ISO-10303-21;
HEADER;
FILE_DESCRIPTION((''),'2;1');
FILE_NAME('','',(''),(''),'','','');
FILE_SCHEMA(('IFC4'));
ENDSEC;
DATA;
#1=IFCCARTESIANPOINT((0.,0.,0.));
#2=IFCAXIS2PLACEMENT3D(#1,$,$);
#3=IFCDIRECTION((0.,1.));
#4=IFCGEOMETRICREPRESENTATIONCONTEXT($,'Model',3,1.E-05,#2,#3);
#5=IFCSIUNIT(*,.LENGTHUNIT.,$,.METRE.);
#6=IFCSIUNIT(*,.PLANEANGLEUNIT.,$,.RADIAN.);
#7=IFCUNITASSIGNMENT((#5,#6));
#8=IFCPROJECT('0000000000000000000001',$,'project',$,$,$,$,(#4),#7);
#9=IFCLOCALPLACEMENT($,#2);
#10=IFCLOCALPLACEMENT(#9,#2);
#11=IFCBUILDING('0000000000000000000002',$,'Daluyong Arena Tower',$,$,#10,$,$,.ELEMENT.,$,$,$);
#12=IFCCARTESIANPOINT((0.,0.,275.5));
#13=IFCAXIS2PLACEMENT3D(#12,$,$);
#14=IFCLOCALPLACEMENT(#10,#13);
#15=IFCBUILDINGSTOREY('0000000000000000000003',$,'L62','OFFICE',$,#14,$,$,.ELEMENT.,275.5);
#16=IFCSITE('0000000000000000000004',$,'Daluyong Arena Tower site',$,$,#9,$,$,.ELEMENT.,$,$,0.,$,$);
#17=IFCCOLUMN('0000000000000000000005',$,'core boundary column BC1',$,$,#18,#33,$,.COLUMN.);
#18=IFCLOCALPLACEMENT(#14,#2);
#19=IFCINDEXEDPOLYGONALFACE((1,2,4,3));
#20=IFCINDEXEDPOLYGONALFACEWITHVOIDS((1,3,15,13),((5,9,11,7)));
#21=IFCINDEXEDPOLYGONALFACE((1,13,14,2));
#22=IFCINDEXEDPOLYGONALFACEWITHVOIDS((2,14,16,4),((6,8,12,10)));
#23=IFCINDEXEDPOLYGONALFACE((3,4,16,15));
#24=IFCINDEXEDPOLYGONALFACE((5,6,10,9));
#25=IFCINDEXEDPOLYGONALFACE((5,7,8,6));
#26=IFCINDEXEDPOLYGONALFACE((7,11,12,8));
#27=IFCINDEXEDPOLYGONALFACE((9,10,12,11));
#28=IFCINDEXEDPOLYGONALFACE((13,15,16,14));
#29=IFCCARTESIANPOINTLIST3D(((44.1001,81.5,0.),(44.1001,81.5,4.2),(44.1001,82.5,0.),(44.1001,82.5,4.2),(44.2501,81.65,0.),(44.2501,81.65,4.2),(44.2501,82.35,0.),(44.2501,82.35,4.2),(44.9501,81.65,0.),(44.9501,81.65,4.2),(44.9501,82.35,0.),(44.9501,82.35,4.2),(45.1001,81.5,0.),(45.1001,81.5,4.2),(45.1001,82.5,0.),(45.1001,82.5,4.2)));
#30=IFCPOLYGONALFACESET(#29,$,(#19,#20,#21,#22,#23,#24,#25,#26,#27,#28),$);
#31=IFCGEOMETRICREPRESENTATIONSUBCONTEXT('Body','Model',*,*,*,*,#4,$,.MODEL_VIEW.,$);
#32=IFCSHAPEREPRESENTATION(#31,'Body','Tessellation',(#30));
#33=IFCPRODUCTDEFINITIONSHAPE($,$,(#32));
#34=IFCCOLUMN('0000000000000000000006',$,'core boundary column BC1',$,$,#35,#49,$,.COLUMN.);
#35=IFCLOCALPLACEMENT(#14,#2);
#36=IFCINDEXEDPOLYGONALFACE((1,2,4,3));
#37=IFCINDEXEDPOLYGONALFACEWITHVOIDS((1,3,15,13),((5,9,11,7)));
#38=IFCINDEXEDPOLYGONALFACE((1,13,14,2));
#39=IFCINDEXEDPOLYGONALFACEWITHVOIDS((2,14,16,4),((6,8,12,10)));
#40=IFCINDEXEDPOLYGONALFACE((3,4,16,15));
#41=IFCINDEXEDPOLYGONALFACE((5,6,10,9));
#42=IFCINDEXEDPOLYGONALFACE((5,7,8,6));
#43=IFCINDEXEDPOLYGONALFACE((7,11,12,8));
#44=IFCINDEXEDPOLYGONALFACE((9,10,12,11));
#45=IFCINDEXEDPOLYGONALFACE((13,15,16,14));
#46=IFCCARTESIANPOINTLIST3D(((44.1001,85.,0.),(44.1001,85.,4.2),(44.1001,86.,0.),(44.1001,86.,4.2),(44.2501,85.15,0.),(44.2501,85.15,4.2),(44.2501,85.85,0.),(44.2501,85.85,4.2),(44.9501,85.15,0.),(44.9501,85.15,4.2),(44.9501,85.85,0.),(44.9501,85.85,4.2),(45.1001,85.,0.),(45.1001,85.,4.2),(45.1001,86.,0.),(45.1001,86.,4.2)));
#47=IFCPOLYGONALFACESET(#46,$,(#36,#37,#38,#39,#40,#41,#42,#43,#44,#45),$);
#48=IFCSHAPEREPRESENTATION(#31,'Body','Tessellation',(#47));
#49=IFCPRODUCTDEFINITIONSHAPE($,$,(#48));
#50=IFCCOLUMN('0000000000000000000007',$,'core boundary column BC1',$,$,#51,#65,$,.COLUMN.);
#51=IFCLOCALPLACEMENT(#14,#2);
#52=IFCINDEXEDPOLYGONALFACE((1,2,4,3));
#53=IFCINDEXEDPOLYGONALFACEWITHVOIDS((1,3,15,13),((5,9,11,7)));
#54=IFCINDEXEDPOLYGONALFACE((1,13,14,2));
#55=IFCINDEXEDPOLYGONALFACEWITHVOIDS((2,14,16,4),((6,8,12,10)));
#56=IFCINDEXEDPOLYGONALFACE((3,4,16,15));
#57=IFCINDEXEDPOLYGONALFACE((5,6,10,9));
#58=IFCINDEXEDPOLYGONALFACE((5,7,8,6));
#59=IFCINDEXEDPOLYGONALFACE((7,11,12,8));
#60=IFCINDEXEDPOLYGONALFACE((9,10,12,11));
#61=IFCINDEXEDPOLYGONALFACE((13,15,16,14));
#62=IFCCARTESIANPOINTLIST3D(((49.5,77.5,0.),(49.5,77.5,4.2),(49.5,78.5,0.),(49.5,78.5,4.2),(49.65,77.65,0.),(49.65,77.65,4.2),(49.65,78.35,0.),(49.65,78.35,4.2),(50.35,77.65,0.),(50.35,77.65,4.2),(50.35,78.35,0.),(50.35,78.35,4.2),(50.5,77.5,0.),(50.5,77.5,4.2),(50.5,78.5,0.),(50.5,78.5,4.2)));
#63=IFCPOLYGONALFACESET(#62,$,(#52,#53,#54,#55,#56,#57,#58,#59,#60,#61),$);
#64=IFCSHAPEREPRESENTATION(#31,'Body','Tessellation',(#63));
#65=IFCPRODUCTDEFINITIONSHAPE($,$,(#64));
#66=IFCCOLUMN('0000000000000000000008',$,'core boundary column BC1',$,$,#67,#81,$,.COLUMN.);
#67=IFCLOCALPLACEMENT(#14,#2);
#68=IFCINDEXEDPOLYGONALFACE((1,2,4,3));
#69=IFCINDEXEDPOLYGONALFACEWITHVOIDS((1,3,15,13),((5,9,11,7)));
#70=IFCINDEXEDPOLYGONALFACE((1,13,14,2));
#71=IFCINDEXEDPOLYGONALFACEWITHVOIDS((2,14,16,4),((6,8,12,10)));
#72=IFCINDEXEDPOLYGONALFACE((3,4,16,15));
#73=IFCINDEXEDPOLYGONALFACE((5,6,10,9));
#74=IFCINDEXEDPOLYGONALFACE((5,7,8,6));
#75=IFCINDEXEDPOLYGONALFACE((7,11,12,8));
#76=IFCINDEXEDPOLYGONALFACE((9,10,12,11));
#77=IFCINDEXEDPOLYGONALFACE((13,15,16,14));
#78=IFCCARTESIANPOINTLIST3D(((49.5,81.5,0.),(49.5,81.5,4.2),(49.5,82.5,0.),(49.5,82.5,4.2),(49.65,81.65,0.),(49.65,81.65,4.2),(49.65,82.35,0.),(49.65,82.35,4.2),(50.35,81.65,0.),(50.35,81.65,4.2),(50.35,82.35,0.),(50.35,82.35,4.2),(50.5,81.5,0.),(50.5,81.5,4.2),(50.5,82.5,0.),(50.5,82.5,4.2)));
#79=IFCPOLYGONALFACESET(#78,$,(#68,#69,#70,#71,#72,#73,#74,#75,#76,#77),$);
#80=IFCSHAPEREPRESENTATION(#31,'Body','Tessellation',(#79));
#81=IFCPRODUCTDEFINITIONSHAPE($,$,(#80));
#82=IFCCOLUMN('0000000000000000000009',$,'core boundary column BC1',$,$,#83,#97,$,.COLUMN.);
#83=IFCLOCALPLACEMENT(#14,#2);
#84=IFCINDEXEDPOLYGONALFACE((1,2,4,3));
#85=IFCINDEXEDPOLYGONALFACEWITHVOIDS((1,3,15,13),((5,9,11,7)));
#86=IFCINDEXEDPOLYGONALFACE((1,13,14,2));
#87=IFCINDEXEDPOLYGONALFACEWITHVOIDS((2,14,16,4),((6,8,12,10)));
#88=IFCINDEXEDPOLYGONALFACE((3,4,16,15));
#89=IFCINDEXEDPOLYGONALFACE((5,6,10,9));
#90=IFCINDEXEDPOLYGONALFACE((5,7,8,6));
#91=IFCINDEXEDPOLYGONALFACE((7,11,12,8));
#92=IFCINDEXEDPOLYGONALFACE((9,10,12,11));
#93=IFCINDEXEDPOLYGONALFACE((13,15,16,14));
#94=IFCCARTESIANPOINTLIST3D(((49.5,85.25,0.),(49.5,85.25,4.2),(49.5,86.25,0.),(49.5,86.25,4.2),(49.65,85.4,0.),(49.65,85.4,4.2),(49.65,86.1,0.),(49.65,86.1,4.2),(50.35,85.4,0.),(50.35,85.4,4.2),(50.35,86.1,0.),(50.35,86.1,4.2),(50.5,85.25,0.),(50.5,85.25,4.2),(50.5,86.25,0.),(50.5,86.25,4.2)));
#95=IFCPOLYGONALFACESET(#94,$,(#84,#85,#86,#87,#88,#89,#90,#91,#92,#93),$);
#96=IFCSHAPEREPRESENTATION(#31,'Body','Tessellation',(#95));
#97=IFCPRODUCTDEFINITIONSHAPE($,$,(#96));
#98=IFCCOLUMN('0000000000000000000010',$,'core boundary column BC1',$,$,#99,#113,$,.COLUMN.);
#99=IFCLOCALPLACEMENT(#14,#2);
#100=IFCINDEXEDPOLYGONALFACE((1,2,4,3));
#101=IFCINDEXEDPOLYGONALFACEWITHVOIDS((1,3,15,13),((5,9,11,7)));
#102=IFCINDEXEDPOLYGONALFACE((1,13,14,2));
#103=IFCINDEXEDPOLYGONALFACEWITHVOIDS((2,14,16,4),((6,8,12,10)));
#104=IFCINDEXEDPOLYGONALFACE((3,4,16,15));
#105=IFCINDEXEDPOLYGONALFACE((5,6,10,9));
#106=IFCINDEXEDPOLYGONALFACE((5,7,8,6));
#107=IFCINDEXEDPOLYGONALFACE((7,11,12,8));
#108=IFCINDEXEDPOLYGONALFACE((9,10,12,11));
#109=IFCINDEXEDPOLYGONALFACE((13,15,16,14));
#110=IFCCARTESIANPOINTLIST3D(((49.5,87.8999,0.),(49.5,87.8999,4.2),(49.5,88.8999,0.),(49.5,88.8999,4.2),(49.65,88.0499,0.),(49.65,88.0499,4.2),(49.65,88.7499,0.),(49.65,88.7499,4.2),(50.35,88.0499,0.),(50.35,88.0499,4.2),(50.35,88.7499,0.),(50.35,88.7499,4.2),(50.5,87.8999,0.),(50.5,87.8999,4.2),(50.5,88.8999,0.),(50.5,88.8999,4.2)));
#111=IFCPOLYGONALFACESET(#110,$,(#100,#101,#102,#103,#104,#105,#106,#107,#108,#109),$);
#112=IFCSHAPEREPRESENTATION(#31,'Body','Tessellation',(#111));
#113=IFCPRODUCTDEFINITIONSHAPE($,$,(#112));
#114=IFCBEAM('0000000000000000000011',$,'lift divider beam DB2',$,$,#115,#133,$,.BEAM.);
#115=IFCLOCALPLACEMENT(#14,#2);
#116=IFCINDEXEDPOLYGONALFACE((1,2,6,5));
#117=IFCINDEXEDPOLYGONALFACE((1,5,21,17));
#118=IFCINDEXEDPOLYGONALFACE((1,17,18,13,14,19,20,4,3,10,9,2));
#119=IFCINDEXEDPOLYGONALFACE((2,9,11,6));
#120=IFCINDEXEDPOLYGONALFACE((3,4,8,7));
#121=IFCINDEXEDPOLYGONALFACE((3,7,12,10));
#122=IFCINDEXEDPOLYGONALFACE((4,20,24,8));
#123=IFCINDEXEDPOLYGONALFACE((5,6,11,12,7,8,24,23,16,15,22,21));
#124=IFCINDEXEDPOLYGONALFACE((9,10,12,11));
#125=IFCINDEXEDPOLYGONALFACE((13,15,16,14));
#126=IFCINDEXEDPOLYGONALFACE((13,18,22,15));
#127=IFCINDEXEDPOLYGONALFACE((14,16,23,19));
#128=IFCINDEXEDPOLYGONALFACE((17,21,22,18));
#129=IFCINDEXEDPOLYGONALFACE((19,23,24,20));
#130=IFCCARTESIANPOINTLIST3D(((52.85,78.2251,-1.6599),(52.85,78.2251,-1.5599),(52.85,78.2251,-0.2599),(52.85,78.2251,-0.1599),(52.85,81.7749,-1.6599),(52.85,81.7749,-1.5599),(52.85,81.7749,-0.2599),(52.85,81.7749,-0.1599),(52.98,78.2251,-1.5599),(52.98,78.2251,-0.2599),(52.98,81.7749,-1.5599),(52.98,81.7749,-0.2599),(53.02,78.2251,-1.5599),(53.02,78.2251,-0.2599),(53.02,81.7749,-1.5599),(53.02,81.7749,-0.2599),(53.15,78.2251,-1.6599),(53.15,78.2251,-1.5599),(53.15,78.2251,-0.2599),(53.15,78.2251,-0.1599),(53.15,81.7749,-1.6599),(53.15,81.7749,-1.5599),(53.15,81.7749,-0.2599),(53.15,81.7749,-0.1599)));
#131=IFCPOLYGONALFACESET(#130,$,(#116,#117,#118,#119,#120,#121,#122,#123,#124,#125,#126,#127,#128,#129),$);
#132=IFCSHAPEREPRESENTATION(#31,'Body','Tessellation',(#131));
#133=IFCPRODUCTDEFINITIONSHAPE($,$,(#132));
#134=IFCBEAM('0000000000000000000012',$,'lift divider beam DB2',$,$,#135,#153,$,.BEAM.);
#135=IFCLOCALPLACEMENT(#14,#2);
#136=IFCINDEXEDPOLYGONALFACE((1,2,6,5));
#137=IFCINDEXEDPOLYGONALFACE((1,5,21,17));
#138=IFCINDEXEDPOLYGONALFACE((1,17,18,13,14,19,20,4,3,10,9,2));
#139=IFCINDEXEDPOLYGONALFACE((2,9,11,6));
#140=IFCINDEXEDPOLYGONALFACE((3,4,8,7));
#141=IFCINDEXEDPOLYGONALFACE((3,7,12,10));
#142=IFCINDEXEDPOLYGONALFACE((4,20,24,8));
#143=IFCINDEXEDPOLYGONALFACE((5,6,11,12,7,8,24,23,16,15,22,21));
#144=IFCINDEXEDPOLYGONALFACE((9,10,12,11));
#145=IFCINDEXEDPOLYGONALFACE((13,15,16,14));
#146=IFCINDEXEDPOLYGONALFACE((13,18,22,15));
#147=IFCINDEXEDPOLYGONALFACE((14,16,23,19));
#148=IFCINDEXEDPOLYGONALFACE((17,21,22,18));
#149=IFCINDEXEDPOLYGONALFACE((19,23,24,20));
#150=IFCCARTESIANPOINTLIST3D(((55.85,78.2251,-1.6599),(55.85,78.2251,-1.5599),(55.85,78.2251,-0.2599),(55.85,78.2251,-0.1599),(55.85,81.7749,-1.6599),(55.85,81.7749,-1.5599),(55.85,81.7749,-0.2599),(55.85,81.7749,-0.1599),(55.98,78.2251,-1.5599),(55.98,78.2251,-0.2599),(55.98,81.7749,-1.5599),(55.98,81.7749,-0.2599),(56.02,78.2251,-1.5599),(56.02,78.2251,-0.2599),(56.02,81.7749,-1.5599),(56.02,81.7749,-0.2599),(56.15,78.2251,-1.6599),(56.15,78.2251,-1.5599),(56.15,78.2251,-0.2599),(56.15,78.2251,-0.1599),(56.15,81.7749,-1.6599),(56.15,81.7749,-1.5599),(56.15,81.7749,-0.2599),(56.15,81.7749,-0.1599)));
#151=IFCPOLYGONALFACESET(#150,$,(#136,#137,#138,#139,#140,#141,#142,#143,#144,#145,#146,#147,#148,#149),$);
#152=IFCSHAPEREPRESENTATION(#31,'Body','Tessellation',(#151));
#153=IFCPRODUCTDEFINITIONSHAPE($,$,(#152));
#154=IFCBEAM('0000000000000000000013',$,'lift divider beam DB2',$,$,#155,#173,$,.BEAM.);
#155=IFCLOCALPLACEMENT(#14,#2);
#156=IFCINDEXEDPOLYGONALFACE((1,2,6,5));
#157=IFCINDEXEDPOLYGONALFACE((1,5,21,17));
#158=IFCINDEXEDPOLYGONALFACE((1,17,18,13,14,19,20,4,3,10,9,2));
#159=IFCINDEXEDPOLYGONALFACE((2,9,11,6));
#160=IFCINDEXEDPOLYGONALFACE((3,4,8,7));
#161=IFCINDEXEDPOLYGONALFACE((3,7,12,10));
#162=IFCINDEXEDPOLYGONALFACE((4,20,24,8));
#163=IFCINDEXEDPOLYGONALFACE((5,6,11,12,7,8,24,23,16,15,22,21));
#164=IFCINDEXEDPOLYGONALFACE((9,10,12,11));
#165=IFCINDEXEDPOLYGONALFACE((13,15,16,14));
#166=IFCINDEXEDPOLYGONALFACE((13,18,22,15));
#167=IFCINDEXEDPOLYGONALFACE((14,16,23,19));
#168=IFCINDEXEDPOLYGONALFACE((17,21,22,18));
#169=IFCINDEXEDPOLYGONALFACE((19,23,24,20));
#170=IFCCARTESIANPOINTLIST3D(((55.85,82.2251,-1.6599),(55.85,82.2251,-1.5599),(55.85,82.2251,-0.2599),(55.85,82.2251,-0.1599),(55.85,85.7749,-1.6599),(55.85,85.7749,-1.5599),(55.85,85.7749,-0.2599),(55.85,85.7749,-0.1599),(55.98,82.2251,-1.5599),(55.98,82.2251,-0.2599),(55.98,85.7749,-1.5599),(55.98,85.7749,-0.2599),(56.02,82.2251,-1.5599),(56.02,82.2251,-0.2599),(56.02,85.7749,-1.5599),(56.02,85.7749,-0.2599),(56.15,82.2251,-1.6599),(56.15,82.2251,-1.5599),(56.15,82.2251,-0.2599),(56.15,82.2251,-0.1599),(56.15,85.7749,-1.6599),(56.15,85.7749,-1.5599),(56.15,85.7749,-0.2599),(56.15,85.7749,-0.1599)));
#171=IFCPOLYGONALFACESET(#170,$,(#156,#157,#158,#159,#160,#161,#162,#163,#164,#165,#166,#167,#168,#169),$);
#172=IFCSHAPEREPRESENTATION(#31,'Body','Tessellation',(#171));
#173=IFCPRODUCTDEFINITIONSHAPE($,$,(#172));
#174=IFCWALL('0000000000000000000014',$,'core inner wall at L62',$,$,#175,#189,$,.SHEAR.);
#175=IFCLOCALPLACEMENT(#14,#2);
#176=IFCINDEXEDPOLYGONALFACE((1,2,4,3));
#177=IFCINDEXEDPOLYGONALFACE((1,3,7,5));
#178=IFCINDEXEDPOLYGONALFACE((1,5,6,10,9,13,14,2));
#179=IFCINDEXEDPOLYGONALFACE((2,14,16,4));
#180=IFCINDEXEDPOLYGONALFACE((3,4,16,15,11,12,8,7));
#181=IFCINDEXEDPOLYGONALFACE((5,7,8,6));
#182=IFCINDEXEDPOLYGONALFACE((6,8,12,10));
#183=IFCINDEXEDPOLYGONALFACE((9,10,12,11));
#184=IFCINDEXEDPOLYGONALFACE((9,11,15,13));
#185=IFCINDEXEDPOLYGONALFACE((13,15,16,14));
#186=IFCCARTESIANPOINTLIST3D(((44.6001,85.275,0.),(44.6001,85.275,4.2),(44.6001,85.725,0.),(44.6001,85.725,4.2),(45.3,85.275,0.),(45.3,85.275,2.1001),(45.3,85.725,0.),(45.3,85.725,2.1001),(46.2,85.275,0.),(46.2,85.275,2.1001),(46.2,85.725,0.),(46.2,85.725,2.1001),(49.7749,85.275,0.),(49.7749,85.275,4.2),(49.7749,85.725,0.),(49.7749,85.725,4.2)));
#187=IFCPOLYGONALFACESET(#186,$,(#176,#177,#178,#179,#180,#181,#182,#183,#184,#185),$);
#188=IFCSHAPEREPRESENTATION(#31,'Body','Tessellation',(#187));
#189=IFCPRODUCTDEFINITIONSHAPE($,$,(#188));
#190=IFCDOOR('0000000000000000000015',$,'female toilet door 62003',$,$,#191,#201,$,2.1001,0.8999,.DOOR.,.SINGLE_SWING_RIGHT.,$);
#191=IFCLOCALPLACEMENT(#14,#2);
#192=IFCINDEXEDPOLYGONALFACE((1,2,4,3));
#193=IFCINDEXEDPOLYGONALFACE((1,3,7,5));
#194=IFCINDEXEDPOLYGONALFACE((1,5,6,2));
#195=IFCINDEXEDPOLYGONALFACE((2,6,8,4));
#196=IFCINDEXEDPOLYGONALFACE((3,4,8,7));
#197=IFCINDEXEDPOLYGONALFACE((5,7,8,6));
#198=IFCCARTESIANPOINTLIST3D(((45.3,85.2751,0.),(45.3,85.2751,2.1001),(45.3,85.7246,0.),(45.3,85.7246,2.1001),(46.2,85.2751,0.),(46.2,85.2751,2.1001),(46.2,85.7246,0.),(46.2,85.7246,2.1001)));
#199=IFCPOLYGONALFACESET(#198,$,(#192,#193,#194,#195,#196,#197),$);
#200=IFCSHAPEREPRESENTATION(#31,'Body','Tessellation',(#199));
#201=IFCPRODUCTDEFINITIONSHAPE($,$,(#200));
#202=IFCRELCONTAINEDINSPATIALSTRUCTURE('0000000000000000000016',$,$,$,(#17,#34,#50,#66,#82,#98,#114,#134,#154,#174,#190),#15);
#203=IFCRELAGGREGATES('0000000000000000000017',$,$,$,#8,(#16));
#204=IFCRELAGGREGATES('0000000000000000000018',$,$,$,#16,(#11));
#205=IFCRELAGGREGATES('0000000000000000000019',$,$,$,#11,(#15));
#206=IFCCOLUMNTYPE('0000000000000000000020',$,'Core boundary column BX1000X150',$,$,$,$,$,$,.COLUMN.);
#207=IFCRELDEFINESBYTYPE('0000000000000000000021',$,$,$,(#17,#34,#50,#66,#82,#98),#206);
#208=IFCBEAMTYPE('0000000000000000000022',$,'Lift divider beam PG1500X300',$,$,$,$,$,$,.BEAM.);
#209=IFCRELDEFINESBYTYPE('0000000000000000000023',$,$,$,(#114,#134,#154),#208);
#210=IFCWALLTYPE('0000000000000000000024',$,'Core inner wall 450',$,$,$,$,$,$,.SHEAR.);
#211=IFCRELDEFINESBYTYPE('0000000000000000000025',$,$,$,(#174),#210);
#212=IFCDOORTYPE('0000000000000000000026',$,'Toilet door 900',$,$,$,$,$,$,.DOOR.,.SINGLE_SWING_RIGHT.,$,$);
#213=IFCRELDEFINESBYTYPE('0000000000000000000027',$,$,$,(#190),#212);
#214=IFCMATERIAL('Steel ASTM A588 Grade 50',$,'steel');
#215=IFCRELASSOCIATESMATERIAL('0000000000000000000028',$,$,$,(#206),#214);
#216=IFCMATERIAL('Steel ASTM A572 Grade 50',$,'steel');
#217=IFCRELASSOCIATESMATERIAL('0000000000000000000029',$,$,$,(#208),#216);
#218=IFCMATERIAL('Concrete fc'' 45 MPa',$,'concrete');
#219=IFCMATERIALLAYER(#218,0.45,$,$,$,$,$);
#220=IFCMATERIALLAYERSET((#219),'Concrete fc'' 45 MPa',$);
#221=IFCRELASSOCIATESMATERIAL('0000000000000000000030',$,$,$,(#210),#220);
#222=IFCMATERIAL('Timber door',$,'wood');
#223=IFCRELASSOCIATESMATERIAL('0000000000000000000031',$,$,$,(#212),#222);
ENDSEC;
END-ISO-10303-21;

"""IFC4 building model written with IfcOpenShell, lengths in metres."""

from ifc_helpers import new_model, si_unit, direction, frame, frame_2d, origin, origin_2d, place, context, subcontext, project, spatial, rectangle, hollow_rectangle, i_section, extrude, material, layer, layer_set, material_profile, profile_set, type_object, element, fill, save


model = new_model("IFC4")

# Units and contexts
model_context = context("Model", 3, precision=1e-05, world=origin(), true_north=direction((0.0, 1.0)))
body_context = subcontext(model_context, "Body", "Model", "MODEL_VIEW")
ifc_project = project(units=[si_unit("LENGTHUNIT", "METRE"), si_unit("PLANEANGLEUNIT", "RADIAN")], contexts=[model_context])

# Site, building, storey
site_placement = place(None, origin())
site = spatial("IfcSite", under=ifc_project, at=site_placement, Name="Daluyong Arena Tower site", CompositionType="ELEMENT", RefElevation=0.0)
building_placement = place(site_placement, origin())
building = spatial("IfcBuilding", under=site, at=building_placement, Name="Daluyong Arena Tower", CompositionType="ELEMENT")
storey_placement = place(building_placement, frame((0.0, 0.0, 275.5)))
storey = spatial("IfcBuildingStorey", under=building, at=storey_placement, Name="L62", Description="OFFICE", CompositionType="ELEMENT", Elevation=275.5)

# Columns
ifc_material_1 = material(Name="Steel ASTM A588 Grade 50", Category="steel")
ifc_material_profile_1 = material_profile(ifc_material_1, hollow_rectangle(XDim=1.0, YDim=1.0, WallThickness=0.15, at=origin_2d()))
ifc_profile_set_1 = profile_set([ifc_material_profile_1], Name="Steel ASTM A588 Grade 50")
column_type = type_object("IfcColumnType", Name="Core boundary column BX1000X150", PredefinedType="COLUMN", material=ifc_profile_set_1)
for number, where, z_axis, x_axis, name in (
    (1, (44.6001, 82.0, 0.0), (0.0, 0.0, 1.0), (1.0, 0.0, 0.0), "core boundary column BC1"),
    (2, (44.6001, 85.5, 0.0), (0.0, 0.0, 1.0), (1.0, 0.0, 0.0), "core boundary column BC1"),
    (3, (50.0, 78.0, 0.0), (0.0, 0.0, 1.0), (1.0, 0.0, 0.0), "core boundary column BC1"),
    (4, (50.0, 82.0, 0.0), (0.0, 0.0, 1.0), (1.0, 0.0, 0.0), "core boundary column BC1"),
    (5, (50.0, 85.75, 0.0), (0.0, 0.0, 1.0), (1.0, 0.0, 0.0), "core boundary column BC1"),
    (6, (50.0, 88.3999, 0.0), (0.0, 0.0, 1.0), (1.0, 0.0, 0.0), "core boundary column BC1"),
):
    element("IfcColumn", number, at=place(storey_placement, frame(where, z_axis=z_axis, x_axis=x_axis)), inside=storey, type_object=column_type, Name=name, PredefinedType="COLUMN", context=body_context, shape_type="SweptSolid", body=[
        extrude(hollow_rectangle(XDim=1.0, YDim=1.0, WallThickness=0.15, at=origin_2d()), origin(), (0.0, 0.0, 1.0), 4.2),
    ])

# Beams
ifc_material_2 = material(Name="Steel ASTM A572 Grade 50", Category="steel")
ifc_material_profile_2 = material_profile(ifc_material_2, i_section(OverallWidth=0.3, OverallDepth=1.5, WebThickness=0.04, FlangeThickness=0.1, at=origin_2d()))
ifc_profile_set_2 = profile_set([ifc_material_profile_2], Name="Steel ASTM A572 Grade 50")
beam_type = type_object("IfcBeamType", Name="Lift divider beam PG1500X300", PredefinedType="BEAM", material=ifc_profile_set_2)
for number, where, z_axis, x_axis, name in (
    (7, (53.0, 78.2251, -0.9099), (0.0, 1.0, 0.0), (-1.0, 0.0, 0.0), "lift divider beam DB2"),
    (8, (56.0, 78.2251, -0.9099), (0.0, 1.0, 0.0), (-1.0, 0.0, 0.0), "lift divider beam DB2"),
    (9, (56.0, 82.2251, -0.9099), (0.0, 1.0, 0.0), (-1.0, 0.0, 0.0), "lift divider beam DB2"),
):
    element("IfcBeam", number, at=place(storey_placement, frame(where, z_axis=z_axis, x_axis=x_axis)), inside=storey, type_object=beam_type, Name=name, PredefinedType="BEAM", context=body_context, shape_type="SweptSolid", body=[
        extrude(i_section(OverallWidth=0.3, OverallDepth=1.5, WebThickness=0.04, FlangeThickness=0.1, at=origin_2d()), origin(), (0.0, 0.0, 1.0), 3.5498),
    ])

# Wall, opening, door
ifc_material_3 = material(Name="Concrete fc' 45 MPa", Category="concrete")
ifc_layer_1 = layer(ifc_material_3, 0.45)
ifc_layer_set_1 = layer_set([ifc_layer_1], Name="Concrete fc' 45 MPa")
wall_type_1 = type_object("IfcWallType", Name="Core inner wall 450", PredefinedType="SHEAR", material=ifc_layer_set_1)
wall_1_placement = place(storey_placement, frame((44.6001, 85.5, 0.0), z_axis=(0.0, 0.0, 1.0), x_axis=(1.0, 0.0, 0.0)))
wall_1 = element("IfcWall", 10, at=wall_1_placement, inside=storey, type_object=wall_type_1, Name="core inner wall at L62", PredefinedType="SHEAR", context=body_context, shape_type="SweptSolid", body=[
    extrude(rectangle(XDim=5.1748, YDim=0.45, at=frame_2d((2.5874, 0.0))), origin(), (0.0, 0.0, 1.0), 4.2),
])
opening_1_placement = place(wall_1_placement, frame((0.7, 0.0, 0.0)))
opening_1 = element("IfcOpeningElement", 11, at=opening_1_placement, cuts=wall_1, PredefinedType="OPENING", context=body_context, shape_type="SweptSolid", body=[
    extrude(rectangle(XDim=0.8999, YDim=2.1001, at=frame_2d((0.45, 1.05))), frame((0.0, 0.2349, 0.0), z_axis=(0.0, -1.0, 0.0), x_axis=(1.0, 0.0, 0.0)), (0.0, 0.0, 1.0), 0.47),
])
ifc_material_4 = material(Name="Timber door", Category="wood")
door_type_1 = type_object("IfcDoorType", Name="Toilet door 900", OperationType="SINGLE_SWING_RIGHT", PredefinedType="DOOR", material=ifc_material_4)
door_1_placement = place(opening_1_placement, origin())
door_1 = element("IfcDoor", 12, at=door_1_placement, inside=storey, type_object=door_type_1, Name="female toilet door 62003", OperationType="SINGLE_SWING_RIGHT", OverallHeight=2.1001, OverallWidth=0.8999, PredefinedType="DOOR", context=body_context, shape_type="SweptSolid", body=[
    extrude(rectangle(XDim=0.8999, YDim=2.1001, at=frame_2d((0.45, 1.05))), frame((0.0, 0.2246, 0.0), z_axis=(0.0, -1.0, 0.0), x_axis=(1.0, 0.0, 0.0)), (0.0, 0.0, 1.0), 0.4495),
])
fill(opening_1, door_1)

save(model, "model.ifc")
